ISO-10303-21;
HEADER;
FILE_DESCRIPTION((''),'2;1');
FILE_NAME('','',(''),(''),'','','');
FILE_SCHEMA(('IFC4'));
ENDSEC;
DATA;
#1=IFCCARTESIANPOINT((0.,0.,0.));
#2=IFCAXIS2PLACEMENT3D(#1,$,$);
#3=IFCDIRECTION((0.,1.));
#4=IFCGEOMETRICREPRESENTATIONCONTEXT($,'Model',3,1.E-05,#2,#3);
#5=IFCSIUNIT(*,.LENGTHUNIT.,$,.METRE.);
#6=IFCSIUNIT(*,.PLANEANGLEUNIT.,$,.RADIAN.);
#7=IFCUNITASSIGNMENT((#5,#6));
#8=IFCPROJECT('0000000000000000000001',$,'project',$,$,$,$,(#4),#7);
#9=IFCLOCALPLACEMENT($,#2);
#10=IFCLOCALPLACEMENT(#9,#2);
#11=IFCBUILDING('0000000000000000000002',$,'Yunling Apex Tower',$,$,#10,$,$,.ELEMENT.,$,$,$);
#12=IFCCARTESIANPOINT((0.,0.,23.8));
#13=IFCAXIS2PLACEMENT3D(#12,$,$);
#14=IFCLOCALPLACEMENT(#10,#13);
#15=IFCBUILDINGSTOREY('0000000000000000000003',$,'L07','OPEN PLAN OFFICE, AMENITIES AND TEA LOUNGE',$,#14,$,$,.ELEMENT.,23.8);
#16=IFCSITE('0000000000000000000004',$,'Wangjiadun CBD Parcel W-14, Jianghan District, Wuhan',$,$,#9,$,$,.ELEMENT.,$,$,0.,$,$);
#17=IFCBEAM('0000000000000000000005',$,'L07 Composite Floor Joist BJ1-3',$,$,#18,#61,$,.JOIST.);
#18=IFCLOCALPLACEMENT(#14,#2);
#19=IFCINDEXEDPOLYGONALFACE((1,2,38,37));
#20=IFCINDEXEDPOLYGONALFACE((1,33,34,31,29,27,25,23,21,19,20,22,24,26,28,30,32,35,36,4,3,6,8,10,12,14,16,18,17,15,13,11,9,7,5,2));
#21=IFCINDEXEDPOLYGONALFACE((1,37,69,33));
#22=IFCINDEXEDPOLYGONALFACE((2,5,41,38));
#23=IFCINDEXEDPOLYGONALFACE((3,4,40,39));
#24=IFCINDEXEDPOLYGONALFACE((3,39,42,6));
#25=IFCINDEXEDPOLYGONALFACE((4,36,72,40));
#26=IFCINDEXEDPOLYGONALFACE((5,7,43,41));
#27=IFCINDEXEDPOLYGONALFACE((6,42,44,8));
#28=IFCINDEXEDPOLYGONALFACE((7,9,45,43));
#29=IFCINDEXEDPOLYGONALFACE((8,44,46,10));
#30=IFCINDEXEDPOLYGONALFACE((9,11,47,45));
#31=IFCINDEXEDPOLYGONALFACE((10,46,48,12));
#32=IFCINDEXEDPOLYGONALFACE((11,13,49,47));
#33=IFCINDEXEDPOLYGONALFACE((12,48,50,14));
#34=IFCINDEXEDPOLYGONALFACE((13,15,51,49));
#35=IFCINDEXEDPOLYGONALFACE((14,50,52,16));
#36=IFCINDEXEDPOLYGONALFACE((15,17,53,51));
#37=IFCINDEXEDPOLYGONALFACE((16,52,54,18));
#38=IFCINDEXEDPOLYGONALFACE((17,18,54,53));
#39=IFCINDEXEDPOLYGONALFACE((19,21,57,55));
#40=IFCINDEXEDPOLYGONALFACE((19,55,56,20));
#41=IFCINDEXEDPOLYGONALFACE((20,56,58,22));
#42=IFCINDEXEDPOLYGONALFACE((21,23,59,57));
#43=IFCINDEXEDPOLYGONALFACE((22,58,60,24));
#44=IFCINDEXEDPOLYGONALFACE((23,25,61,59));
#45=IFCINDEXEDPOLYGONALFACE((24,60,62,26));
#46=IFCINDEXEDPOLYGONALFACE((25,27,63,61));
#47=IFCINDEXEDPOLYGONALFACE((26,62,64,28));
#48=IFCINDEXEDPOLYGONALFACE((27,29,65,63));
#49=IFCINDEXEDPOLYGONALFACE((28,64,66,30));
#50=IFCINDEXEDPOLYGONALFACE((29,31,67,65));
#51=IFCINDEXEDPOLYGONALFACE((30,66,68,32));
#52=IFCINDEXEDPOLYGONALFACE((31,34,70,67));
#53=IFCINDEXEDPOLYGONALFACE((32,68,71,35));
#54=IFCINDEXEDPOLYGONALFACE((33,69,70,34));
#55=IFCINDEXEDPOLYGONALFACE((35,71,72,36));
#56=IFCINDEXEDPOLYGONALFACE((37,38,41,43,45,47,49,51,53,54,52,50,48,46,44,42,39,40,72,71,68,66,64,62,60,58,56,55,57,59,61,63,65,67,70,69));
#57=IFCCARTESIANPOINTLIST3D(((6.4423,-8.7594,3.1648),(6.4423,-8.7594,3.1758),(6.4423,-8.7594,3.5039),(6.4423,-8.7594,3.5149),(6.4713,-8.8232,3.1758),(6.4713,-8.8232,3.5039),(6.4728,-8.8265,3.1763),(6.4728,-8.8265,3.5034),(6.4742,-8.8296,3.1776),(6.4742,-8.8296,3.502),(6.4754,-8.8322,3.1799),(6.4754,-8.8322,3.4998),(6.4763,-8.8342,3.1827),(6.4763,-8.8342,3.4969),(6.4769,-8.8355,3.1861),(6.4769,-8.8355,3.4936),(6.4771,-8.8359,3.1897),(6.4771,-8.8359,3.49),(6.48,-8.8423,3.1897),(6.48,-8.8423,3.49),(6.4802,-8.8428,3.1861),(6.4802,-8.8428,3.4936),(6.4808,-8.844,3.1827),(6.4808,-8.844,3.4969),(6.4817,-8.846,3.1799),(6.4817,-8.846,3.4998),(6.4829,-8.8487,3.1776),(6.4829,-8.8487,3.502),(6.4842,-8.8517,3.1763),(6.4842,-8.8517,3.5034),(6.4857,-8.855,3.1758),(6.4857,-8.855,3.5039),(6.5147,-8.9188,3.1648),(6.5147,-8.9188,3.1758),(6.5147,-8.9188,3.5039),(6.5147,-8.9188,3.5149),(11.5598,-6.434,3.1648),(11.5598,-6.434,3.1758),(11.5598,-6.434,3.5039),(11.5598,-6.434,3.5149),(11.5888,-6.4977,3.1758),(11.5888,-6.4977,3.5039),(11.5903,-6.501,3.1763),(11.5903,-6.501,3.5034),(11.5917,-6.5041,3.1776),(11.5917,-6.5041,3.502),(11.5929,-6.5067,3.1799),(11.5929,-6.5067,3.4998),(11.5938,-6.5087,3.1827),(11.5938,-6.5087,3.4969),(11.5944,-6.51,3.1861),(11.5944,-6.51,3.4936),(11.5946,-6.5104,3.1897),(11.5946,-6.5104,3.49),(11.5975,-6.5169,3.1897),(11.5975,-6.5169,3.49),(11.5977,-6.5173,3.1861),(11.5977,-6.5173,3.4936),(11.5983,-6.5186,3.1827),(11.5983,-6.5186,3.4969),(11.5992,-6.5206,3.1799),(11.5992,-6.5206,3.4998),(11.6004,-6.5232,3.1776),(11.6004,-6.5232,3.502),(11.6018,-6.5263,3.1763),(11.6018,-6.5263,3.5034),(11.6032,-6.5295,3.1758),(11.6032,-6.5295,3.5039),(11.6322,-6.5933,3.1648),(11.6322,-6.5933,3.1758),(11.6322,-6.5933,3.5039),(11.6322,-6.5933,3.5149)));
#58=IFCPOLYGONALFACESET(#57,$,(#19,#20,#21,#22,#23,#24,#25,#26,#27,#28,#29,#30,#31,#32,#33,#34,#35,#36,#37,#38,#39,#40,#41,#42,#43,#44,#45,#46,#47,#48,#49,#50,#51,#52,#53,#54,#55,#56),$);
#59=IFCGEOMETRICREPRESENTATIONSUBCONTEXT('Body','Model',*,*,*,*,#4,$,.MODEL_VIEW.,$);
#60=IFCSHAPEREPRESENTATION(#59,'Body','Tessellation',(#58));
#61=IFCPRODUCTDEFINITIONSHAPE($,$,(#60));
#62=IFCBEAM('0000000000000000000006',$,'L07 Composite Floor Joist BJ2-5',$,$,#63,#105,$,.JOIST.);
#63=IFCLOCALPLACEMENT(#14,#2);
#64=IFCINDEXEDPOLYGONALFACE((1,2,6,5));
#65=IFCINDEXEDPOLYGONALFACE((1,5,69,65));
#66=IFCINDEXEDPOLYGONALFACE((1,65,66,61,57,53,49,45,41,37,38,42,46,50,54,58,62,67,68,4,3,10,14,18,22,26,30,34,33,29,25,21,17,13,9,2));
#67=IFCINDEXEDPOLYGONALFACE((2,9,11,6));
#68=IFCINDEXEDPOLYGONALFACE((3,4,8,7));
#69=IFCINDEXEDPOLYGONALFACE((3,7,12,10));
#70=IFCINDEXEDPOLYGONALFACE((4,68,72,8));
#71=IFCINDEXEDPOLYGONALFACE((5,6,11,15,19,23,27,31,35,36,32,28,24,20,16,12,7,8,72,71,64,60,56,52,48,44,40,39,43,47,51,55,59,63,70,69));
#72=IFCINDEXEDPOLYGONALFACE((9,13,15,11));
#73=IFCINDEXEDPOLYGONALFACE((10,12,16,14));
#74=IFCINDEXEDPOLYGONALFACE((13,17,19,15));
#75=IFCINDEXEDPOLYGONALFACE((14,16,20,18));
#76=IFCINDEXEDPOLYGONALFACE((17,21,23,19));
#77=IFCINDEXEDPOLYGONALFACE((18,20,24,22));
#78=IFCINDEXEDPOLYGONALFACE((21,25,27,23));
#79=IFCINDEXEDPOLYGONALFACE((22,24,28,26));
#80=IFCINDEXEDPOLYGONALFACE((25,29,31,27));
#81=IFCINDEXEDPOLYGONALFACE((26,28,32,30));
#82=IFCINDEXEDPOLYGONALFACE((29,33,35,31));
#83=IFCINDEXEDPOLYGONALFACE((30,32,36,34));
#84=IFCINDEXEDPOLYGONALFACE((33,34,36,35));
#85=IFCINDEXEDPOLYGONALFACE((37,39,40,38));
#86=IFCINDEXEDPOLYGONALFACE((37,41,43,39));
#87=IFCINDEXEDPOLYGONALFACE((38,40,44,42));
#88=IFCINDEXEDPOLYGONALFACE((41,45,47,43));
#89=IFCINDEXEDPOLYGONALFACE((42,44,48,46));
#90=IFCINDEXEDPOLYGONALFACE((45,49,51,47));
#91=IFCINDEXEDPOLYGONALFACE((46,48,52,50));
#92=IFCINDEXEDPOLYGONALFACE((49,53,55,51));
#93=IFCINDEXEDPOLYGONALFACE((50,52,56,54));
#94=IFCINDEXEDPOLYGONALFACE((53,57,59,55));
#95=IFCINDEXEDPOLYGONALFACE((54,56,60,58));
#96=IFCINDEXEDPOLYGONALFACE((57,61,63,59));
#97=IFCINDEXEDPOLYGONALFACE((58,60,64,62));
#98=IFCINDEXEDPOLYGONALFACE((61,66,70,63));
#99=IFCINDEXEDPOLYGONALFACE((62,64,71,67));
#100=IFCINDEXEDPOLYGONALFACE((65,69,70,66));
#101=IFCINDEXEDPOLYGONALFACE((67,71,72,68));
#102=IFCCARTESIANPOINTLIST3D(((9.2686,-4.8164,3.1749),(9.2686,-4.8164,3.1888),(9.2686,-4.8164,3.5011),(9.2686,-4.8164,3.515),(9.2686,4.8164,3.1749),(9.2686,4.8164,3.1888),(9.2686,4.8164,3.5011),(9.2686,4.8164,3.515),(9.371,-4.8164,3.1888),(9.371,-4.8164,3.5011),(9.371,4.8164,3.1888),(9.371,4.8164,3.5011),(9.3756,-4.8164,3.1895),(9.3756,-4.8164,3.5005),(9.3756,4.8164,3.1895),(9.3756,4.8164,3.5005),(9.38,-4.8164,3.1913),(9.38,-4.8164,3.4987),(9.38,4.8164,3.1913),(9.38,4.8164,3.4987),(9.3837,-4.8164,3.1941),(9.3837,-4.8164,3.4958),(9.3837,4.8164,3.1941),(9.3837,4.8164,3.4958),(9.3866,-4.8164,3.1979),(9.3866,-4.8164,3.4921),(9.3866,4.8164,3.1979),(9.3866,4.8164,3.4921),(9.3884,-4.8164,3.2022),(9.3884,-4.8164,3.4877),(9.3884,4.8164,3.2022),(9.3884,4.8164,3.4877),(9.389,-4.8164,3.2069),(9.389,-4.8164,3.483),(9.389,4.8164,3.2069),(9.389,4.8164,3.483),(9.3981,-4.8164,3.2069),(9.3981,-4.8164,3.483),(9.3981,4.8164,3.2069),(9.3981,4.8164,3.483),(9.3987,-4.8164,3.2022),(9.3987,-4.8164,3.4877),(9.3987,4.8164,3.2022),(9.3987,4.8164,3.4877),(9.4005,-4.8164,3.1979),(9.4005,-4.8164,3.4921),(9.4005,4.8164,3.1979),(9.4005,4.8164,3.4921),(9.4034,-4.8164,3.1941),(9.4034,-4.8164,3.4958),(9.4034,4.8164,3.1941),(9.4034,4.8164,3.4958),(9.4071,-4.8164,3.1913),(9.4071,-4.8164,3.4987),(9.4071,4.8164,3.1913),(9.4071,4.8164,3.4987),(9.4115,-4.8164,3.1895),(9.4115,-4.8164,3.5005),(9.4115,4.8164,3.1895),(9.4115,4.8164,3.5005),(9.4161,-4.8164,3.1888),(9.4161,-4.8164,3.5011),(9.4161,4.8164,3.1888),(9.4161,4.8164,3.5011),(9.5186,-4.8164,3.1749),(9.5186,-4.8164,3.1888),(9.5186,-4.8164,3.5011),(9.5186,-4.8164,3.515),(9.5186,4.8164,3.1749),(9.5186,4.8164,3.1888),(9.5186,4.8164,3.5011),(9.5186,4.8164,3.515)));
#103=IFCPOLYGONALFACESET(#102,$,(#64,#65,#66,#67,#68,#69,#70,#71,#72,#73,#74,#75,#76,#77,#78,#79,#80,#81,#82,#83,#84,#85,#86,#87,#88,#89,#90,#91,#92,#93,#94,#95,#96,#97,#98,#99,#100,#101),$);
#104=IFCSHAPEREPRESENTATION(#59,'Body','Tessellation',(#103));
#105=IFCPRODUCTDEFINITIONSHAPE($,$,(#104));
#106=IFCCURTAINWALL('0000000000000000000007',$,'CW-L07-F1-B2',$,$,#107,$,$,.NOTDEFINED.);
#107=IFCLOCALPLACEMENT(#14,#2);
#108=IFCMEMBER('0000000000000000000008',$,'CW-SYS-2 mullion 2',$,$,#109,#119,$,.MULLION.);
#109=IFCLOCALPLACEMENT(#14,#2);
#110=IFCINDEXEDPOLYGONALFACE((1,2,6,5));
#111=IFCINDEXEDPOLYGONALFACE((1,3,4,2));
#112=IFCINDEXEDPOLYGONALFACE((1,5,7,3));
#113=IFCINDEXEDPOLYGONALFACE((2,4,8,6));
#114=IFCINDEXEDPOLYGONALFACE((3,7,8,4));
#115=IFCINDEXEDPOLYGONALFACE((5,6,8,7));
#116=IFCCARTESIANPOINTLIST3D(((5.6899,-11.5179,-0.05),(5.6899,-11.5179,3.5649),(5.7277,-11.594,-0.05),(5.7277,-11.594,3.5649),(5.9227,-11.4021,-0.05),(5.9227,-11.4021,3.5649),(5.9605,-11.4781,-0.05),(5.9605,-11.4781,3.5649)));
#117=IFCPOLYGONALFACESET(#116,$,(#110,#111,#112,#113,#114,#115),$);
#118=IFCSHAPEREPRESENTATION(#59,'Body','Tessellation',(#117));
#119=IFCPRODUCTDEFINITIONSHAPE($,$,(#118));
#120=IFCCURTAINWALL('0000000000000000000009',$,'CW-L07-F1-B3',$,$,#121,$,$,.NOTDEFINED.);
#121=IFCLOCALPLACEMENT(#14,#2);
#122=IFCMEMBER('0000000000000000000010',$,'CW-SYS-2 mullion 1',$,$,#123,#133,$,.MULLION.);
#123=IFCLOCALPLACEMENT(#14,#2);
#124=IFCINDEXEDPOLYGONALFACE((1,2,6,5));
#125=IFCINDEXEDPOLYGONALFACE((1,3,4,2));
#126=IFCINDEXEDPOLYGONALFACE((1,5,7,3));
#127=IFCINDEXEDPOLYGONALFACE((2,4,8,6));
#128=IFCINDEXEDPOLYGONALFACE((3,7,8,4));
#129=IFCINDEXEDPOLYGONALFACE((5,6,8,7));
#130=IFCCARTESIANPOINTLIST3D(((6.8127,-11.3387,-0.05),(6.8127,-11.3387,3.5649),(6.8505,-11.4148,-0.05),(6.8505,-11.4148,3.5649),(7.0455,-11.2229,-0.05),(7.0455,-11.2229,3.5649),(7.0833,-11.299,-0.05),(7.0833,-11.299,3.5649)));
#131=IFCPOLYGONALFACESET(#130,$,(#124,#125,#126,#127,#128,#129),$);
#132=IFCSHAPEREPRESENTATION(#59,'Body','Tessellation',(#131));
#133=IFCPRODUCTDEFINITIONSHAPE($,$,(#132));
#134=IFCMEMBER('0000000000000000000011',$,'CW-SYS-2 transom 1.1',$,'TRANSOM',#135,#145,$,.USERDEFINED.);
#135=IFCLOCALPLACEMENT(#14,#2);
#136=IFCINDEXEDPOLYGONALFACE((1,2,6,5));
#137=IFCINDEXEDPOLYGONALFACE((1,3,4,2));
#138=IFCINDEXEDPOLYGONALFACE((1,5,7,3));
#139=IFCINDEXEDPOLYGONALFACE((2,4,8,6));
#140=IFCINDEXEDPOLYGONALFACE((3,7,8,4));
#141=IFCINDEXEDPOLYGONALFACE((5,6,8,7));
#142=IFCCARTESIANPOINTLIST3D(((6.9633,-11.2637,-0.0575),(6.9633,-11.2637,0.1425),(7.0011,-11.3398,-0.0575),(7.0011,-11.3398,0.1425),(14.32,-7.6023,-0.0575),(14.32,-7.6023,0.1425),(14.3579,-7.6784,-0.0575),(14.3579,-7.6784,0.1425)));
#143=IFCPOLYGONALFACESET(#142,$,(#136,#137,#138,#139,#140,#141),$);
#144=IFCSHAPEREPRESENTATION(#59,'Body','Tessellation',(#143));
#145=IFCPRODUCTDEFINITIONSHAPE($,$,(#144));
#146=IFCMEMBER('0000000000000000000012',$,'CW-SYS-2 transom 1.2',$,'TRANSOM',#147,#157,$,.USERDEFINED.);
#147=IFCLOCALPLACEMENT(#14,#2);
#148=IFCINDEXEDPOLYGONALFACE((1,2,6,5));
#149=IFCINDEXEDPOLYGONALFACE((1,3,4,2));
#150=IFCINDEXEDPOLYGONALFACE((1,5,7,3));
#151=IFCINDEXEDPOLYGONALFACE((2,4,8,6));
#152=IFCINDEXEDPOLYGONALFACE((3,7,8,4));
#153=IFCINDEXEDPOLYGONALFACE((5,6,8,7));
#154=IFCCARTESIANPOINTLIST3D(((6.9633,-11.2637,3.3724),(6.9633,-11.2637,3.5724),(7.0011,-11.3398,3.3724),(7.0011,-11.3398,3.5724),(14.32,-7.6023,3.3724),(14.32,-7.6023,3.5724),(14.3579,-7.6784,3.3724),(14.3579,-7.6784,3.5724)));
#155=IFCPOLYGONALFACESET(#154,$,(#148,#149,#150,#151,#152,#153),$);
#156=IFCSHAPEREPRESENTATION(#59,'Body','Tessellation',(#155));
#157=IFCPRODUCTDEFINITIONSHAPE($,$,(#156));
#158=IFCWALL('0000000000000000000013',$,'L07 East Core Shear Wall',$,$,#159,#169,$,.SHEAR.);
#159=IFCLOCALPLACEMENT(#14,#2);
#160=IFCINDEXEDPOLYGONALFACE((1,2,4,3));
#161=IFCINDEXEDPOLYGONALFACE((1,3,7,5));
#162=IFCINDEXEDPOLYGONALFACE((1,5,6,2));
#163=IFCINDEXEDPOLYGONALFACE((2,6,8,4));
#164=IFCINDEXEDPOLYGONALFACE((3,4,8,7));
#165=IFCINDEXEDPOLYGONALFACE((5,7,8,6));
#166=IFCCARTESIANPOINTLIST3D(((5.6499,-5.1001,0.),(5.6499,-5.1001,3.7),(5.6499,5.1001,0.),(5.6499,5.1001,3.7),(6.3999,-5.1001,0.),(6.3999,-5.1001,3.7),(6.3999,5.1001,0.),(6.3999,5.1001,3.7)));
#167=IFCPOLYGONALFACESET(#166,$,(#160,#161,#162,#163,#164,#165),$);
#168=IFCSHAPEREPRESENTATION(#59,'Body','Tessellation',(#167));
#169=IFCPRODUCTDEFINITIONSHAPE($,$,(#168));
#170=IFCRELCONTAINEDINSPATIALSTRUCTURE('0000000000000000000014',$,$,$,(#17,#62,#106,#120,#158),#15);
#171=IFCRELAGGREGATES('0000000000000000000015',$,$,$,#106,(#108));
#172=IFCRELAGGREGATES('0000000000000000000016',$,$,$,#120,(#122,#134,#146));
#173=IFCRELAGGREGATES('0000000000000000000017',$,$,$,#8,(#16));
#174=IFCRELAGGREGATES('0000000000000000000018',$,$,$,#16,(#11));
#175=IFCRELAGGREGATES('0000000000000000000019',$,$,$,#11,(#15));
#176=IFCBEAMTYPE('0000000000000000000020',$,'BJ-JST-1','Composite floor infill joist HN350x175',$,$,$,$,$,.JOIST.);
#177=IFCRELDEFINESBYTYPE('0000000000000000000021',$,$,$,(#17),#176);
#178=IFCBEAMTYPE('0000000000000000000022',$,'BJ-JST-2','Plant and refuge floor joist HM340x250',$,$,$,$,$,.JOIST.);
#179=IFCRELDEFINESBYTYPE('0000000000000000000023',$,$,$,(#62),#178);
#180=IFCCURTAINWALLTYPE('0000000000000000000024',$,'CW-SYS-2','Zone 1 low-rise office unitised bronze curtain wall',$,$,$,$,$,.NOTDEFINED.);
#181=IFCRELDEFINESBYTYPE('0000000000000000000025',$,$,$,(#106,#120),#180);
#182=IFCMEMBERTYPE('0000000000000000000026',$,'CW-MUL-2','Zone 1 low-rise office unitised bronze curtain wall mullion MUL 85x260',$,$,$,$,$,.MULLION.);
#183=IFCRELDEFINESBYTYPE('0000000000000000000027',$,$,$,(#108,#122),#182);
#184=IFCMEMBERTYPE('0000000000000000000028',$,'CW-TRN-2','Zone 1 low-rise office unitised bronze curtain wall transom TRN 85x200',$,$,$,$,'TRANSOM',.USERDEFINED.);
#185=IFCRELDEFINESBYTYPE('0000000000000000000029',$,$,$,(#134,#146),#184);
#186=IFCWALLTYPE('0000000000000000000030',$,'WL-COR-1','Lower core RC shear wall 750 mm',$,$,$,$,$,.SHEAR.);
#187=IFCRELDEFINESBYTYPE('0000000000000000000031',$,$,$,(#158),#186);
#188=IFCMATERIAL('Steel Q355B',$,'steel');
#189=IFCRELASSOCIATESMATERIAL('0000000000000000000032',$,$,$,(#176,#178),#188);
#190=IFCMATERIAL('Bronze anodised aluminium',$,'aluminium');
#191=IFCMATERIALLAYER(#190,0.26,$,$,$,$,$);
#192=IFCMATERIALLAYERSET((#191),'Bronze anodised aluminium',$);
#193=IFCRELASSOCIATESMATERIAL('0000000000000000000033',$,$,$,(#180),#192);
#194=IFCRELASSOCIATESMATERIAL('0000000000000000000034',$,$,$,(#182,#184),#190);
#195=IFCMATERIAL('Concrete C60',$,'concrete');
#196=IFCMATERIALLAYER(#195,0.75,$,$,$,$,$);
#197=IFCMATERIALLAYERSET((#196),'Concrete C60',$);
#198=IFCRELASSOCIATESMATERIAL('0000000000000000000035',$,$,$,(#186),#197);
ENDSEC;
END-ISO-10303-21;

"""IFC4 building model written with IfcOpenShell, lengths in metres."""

from ifc_helpers import new_model, si_unit, direction, frame, frame_2d, origin, origin_2d, place, context, subcontext, project, spatial, rectangle, i_section, extrude, source, transform, mapped, material, layer, layer_set, material_profile, profile_set, type_object, element, aggregate, save


model = new_model("IFC4")

# Units and contexts
model_context = context("Model", 3, precision=1e-05, world=origin(), true_north=direction((0.0, 1.0)))
body_context = subcontext(model_context, "Body", "Model", "MODEL_VIEW")
ifc_project = project(units=[si_unit("LENGTHUNIT", "METRE"), si_unit("PLANEANGLEUNIT", "RADIAN")], contexts=[model_context])

# Site, building, storey
site_placement = place(None, origin())
site = spatial("IfcSite", under=ifc_project, at=site_placement, Name="Wangjiadun CBD Parcel W-14, Jianghan District, Wuhan", CompositionType="ELEMENT", RefElevation=0.0)
building_placement = place(site_placement, origin())
building = spatial("IfcBuilding", under=site, at=building_placement, Name="Yunling Apex Tower", CompositionType="ELEMENT")
storey_placement = place(building_placement, frame((0.0, 0.0, 23.8)))
storey = spatial("IfcBuildingStorey", under=building, at=storey_placement, Name="L07", Description="OPEN PLAN OFFICE, AMENITIES AND TEA LOUNGE", CompositionType="ELEMENT", Elevation=23.8)

# Shared definitions
ifc_material_1 = material(Name="Concrete C60", Category="concrete")

# Beams
ifc_material_2 = material(Name="Steel Q355B", Category="steel")
ifc_material_profile_1 = material_profile(ifc_material_2, i_section(OverallWidth=0.175, OverallDepth=0.3501, WebThickness=0.0071, FlangeThickness=0.011, FilletRadius=0.0139, at=origin_2d()))
ifc_profile_set_1 = profile_set([ifc_material_profile_1], Name="Steel Q355B")
beam_type_1 = type_object("IfcBeamType", Name="BJ-JST-1", Description="Composite floor infill joist HN350x175", PredefinedType="JOIST", material=ifc_profile_set_1)
shared_shape_1 = source(origin(), body_context, "Body", "SweptSolid", [
    extrude(i_section(OverallWidth=0.175, OverallDepth=0.3501, WebThickness=0.0071, FlangeThickness=0.011, FilletRadius=0.0139, at=origin_2d()), origin(), (0.0, 0.0, 1.0), 5.6211),
])
beam_1_placement = place(storey_placement, frame((6.4785, -8.8391, 3.3398), z_axis=(0.910411, 0.413705, 0.0), x_axis=(-0.413705, 0.910411, 0.0)))
element("IfcBeam", 1, at=beam_1_placement, inside=storey, type_object=beam_type_1, Name="L07 Composite Floor Joist BJ1-3", PredefinedType="JOIST", context=body_context, shape_type="MappedRepresentation", body=[
    mapped(shared_shape_1, transform((0.0, 0.0, 0.0), scale=1.0)),
])
ifc_material_profile_2 = material_profile(ifc_material_2, i_section(OverallWidth=0.25, OverallDepth=0.3401, WebThickness=0.009, FlangeThickness=0.0139, FilletRadius=0.0181, at=origin_2d()))
ifc_profile_set_2 = profile_set([ifc_material_profile_2], Name="Steel Q355B")
beam_type_2 = type_object("IfcBeamType", Name="BJ-JST-2", Description="Plant and refuge floor joist HM340x250", PredefinedType="JOIST", material=ifc_profile_set_2)
shared_shape_2 = source(origin(), body_context, "Body", "SweptSolid", [
    extrude(i_section(OverallWidth=0.25, OverallDepth=0.3401, WebThickness=0.009, FlangeThickness=0.0139, FilletRadius=0.0181, at=origin_2d()), origin(), (0.0, 0.0, 1.0), 9.6328),
])
beam_2_placement = place(storey_placement, frame((9.3936, -4.8164, 3.345), z_axis=(0.0, 1.0, 0.0), x_axis=(-1.0, 0.0, 0.0)))
element("IfcBeam", 2, at=beam_2_placement, inside=storey, type_object=beam_type_2, Name="L07 Composite Floor Joist BJ2-5", PredefinedType="JOIST", context=body_context, shape_type="MappedRepresentation", body=[
    mapped(shared_shape_2, transform((0.0, 0.0, 0.0), scale=1.0)),
])

# Curtain wall, member
ifc_material_3 = material(Name="Bronze anodised aluminium", Category="aluminium")
ifc_layer_1 = layer(ifc_material_3, 0.26)
ifc_layer_set_1 = layer_set([ifc_layer_1], Name="Bronze anodised aluminium")
curtain_wall_type = type_object("IfcCurtainWallType", Name="CW-SYS-2", Description="Zone 1 low-rise office unitised bronze curtain wall", PredefinedType="NOTDEFINED", material=ifc_layer_set_1)
curtain_wall_1_placement = place(storey_placement, origin())
curtain_wall_1 = element("IfcCurtainWall", 3, at=curtain_wall_1_placement, inside=storey, type_object=curtain_wall_type, Name="CW-L07-F1-B2", PredefinedType="NOTDEFINED")
ifc_material_profile_3 = material_profile(ifc_material_3, rectangle(XDim=0.085, YDim=0.26, at=origin_2d()))
ifc_profile_set_3 = profile_set([ifc_material_profile_3], Name="Bronze anodised aluminium")
member_type_1 = type_object("IfcMemberType", Name="CW-MUL-2", Description="Zone 1 low-rise office unitised bronze curtain wall mullion MUL 85x260", PredefinedType="MULLION", material=ifc_profile_set_3)
shared_shape_3 = source(origin(), body_context, "Body", "SweptSolid", [
    extrude(rectangle(XDim=0.085, YDim=0.26, at=origin_2d()), origin(), (0.0, 0.0, 1.0), 3.615),
])
member_1_placement = place(storey_placement, frame((5.8252, -11.498, -0.05), z_axis=(0.0, 0.0, 1.0), x_axis=(-0.445583, 0.895241, 0.0)))
member_1 = element("IfcMember", 4, at=member_1_placement, type_object=member_type_1, Name="CW-SYS-2 mullion 2", PredefinedType="MULLION", context=body_context, shape_type="MappedRepresentation", body=[
    mapped(shared_shape_3, transform((0.0, 0.0, 0.0), scale=1.0)),
])
aggregate(curtain_wall_1, [member_1])

# Curtain wall, members
curtain_wall_2_placement = place(storey_placement, origin())
curtain_wall_2 = element("IfcCurtainWall", 5, at=curtain_wall_2_placement, inside=storey, type_object=curtain_wall_type, Name="CW-L07-F1-B3", PredefinedType="NOTDEFINED")
member_2_placement = place(storey_placement, frame((6.948, -11.3188, -0.05), z_axis=(0.0, 0.0, 1.0), x_axis=(-0.445571, 0.895247, 0.0)))
member_2 = element("IfcMember", 6, at=member_2_placement, type_object=member_type_1, Name="CW-SYS-2 mullion 1", PredefinedType="MULLION", context=body_context, shape_type="MappedRepresentation", body=[
    mapped(shared_shape_3, transform((0.0, 0.0, 0.0), scale=1.0)),
])
ifc_material_profile_4 = material_profile(ifc_material_3, rectangle(XDim=0.085, YDim=0.2, at=origin_2d()))
ifc_profile_set_4 = profile_set([ifc_material_profile_4], Name="Bronze anodised aluminium")
member_type_2 = type_object("IfcMemberType", Name="CW-TRN-2", Description="Zone 1 low-rise office unitised bronze curtain wall transom TRN 85x200", ElementType="TRANSOM", PredefinedType="USERDEFINED", material=ifc_profile_set_4)
shared_shape_4 = source(origin(), body_context, "Body", "SweptSolid", [
    extrude(rectangle(XDim=0.085, YDim=0.2, at=origin_2d()), origin(), (0.0, 0.0, 1.0), 8.2175),
])
member_3_placement = place(storey_placement, frame((6.9822, -11.3018, 0.0425), z_axis=(0.895252, 0.445561, 0.0), x_axis=(-0.445561, 0.895252, 0.0)))
member_3 = element("IfcMember", 7, at=member_3_placement, type_object=member_type_2, Name="CW-SYS-2 transom 1.1", ObjectType="TRANSOM", PredefinedType="USERDEFINED", context=body_context, shape_type="MappedRepresentation", body=[
    mapped(shared_shape_4, transform((0.0, 0.0, 0.0), scale=1.0)),
])
member_4_placement = place(storey_placement, frame((6.9822, -11.3018, 3.4724), z_axis=(0.895252, 0.445561, 0.0), x_axis=(-0.445561, 0.895252, 0.0)))
member_4 = element("IfcMember", 8, at=member_4_placement, type_object=member_type_2, Name="CW-SYS-2 transom 1.2", ObjectType="TRANSOM", PredefinedType="USERDEFINED", context=body_context, shape_type="MappedRepresentation", body=[
    mapped(shared_shape_4, transform((0.0, 0.0, 0.0), scale=1.0)),
])
aggregate(curtain_wall_2, [member_2, member_3, member_4])

# Wall
ifc_layer_2 = layer(ifc_material_1, 0.75)
ifc_layer_set_2 = layer_set([ifc_layer_2], Name="Concrete C60")
wall_type_1 = type_object("IfcWallType", Name="WL-COR-1", Description="Lower core RC shear wall 750 mm", PredefinedType="SHEAR", material=ifc_layer_set_2)
wall_1_placement = place(storey_placement, frame((6.0249, -5.1001, 0.0), z_axis=(0.0, 0.0, 1.0), x_axis=(0.0, 1.0, 0.0)))
element("IfcWall", 9, at=wall_1_placement, inside=storey, type_object=wall_type_1, Name="L07 East Core Shear Wall", PredefinedType="SHEAR", context=body_context, shape_type="SweptSolid", body=[
    extrude(rectangle(XDim=10.2002, YDim=0.75, at=frame_2d((5.1001, 0.0))), origin(), (0.0, 0.0, 1.0), 3.7),
])

save(model, "model.ifc")
